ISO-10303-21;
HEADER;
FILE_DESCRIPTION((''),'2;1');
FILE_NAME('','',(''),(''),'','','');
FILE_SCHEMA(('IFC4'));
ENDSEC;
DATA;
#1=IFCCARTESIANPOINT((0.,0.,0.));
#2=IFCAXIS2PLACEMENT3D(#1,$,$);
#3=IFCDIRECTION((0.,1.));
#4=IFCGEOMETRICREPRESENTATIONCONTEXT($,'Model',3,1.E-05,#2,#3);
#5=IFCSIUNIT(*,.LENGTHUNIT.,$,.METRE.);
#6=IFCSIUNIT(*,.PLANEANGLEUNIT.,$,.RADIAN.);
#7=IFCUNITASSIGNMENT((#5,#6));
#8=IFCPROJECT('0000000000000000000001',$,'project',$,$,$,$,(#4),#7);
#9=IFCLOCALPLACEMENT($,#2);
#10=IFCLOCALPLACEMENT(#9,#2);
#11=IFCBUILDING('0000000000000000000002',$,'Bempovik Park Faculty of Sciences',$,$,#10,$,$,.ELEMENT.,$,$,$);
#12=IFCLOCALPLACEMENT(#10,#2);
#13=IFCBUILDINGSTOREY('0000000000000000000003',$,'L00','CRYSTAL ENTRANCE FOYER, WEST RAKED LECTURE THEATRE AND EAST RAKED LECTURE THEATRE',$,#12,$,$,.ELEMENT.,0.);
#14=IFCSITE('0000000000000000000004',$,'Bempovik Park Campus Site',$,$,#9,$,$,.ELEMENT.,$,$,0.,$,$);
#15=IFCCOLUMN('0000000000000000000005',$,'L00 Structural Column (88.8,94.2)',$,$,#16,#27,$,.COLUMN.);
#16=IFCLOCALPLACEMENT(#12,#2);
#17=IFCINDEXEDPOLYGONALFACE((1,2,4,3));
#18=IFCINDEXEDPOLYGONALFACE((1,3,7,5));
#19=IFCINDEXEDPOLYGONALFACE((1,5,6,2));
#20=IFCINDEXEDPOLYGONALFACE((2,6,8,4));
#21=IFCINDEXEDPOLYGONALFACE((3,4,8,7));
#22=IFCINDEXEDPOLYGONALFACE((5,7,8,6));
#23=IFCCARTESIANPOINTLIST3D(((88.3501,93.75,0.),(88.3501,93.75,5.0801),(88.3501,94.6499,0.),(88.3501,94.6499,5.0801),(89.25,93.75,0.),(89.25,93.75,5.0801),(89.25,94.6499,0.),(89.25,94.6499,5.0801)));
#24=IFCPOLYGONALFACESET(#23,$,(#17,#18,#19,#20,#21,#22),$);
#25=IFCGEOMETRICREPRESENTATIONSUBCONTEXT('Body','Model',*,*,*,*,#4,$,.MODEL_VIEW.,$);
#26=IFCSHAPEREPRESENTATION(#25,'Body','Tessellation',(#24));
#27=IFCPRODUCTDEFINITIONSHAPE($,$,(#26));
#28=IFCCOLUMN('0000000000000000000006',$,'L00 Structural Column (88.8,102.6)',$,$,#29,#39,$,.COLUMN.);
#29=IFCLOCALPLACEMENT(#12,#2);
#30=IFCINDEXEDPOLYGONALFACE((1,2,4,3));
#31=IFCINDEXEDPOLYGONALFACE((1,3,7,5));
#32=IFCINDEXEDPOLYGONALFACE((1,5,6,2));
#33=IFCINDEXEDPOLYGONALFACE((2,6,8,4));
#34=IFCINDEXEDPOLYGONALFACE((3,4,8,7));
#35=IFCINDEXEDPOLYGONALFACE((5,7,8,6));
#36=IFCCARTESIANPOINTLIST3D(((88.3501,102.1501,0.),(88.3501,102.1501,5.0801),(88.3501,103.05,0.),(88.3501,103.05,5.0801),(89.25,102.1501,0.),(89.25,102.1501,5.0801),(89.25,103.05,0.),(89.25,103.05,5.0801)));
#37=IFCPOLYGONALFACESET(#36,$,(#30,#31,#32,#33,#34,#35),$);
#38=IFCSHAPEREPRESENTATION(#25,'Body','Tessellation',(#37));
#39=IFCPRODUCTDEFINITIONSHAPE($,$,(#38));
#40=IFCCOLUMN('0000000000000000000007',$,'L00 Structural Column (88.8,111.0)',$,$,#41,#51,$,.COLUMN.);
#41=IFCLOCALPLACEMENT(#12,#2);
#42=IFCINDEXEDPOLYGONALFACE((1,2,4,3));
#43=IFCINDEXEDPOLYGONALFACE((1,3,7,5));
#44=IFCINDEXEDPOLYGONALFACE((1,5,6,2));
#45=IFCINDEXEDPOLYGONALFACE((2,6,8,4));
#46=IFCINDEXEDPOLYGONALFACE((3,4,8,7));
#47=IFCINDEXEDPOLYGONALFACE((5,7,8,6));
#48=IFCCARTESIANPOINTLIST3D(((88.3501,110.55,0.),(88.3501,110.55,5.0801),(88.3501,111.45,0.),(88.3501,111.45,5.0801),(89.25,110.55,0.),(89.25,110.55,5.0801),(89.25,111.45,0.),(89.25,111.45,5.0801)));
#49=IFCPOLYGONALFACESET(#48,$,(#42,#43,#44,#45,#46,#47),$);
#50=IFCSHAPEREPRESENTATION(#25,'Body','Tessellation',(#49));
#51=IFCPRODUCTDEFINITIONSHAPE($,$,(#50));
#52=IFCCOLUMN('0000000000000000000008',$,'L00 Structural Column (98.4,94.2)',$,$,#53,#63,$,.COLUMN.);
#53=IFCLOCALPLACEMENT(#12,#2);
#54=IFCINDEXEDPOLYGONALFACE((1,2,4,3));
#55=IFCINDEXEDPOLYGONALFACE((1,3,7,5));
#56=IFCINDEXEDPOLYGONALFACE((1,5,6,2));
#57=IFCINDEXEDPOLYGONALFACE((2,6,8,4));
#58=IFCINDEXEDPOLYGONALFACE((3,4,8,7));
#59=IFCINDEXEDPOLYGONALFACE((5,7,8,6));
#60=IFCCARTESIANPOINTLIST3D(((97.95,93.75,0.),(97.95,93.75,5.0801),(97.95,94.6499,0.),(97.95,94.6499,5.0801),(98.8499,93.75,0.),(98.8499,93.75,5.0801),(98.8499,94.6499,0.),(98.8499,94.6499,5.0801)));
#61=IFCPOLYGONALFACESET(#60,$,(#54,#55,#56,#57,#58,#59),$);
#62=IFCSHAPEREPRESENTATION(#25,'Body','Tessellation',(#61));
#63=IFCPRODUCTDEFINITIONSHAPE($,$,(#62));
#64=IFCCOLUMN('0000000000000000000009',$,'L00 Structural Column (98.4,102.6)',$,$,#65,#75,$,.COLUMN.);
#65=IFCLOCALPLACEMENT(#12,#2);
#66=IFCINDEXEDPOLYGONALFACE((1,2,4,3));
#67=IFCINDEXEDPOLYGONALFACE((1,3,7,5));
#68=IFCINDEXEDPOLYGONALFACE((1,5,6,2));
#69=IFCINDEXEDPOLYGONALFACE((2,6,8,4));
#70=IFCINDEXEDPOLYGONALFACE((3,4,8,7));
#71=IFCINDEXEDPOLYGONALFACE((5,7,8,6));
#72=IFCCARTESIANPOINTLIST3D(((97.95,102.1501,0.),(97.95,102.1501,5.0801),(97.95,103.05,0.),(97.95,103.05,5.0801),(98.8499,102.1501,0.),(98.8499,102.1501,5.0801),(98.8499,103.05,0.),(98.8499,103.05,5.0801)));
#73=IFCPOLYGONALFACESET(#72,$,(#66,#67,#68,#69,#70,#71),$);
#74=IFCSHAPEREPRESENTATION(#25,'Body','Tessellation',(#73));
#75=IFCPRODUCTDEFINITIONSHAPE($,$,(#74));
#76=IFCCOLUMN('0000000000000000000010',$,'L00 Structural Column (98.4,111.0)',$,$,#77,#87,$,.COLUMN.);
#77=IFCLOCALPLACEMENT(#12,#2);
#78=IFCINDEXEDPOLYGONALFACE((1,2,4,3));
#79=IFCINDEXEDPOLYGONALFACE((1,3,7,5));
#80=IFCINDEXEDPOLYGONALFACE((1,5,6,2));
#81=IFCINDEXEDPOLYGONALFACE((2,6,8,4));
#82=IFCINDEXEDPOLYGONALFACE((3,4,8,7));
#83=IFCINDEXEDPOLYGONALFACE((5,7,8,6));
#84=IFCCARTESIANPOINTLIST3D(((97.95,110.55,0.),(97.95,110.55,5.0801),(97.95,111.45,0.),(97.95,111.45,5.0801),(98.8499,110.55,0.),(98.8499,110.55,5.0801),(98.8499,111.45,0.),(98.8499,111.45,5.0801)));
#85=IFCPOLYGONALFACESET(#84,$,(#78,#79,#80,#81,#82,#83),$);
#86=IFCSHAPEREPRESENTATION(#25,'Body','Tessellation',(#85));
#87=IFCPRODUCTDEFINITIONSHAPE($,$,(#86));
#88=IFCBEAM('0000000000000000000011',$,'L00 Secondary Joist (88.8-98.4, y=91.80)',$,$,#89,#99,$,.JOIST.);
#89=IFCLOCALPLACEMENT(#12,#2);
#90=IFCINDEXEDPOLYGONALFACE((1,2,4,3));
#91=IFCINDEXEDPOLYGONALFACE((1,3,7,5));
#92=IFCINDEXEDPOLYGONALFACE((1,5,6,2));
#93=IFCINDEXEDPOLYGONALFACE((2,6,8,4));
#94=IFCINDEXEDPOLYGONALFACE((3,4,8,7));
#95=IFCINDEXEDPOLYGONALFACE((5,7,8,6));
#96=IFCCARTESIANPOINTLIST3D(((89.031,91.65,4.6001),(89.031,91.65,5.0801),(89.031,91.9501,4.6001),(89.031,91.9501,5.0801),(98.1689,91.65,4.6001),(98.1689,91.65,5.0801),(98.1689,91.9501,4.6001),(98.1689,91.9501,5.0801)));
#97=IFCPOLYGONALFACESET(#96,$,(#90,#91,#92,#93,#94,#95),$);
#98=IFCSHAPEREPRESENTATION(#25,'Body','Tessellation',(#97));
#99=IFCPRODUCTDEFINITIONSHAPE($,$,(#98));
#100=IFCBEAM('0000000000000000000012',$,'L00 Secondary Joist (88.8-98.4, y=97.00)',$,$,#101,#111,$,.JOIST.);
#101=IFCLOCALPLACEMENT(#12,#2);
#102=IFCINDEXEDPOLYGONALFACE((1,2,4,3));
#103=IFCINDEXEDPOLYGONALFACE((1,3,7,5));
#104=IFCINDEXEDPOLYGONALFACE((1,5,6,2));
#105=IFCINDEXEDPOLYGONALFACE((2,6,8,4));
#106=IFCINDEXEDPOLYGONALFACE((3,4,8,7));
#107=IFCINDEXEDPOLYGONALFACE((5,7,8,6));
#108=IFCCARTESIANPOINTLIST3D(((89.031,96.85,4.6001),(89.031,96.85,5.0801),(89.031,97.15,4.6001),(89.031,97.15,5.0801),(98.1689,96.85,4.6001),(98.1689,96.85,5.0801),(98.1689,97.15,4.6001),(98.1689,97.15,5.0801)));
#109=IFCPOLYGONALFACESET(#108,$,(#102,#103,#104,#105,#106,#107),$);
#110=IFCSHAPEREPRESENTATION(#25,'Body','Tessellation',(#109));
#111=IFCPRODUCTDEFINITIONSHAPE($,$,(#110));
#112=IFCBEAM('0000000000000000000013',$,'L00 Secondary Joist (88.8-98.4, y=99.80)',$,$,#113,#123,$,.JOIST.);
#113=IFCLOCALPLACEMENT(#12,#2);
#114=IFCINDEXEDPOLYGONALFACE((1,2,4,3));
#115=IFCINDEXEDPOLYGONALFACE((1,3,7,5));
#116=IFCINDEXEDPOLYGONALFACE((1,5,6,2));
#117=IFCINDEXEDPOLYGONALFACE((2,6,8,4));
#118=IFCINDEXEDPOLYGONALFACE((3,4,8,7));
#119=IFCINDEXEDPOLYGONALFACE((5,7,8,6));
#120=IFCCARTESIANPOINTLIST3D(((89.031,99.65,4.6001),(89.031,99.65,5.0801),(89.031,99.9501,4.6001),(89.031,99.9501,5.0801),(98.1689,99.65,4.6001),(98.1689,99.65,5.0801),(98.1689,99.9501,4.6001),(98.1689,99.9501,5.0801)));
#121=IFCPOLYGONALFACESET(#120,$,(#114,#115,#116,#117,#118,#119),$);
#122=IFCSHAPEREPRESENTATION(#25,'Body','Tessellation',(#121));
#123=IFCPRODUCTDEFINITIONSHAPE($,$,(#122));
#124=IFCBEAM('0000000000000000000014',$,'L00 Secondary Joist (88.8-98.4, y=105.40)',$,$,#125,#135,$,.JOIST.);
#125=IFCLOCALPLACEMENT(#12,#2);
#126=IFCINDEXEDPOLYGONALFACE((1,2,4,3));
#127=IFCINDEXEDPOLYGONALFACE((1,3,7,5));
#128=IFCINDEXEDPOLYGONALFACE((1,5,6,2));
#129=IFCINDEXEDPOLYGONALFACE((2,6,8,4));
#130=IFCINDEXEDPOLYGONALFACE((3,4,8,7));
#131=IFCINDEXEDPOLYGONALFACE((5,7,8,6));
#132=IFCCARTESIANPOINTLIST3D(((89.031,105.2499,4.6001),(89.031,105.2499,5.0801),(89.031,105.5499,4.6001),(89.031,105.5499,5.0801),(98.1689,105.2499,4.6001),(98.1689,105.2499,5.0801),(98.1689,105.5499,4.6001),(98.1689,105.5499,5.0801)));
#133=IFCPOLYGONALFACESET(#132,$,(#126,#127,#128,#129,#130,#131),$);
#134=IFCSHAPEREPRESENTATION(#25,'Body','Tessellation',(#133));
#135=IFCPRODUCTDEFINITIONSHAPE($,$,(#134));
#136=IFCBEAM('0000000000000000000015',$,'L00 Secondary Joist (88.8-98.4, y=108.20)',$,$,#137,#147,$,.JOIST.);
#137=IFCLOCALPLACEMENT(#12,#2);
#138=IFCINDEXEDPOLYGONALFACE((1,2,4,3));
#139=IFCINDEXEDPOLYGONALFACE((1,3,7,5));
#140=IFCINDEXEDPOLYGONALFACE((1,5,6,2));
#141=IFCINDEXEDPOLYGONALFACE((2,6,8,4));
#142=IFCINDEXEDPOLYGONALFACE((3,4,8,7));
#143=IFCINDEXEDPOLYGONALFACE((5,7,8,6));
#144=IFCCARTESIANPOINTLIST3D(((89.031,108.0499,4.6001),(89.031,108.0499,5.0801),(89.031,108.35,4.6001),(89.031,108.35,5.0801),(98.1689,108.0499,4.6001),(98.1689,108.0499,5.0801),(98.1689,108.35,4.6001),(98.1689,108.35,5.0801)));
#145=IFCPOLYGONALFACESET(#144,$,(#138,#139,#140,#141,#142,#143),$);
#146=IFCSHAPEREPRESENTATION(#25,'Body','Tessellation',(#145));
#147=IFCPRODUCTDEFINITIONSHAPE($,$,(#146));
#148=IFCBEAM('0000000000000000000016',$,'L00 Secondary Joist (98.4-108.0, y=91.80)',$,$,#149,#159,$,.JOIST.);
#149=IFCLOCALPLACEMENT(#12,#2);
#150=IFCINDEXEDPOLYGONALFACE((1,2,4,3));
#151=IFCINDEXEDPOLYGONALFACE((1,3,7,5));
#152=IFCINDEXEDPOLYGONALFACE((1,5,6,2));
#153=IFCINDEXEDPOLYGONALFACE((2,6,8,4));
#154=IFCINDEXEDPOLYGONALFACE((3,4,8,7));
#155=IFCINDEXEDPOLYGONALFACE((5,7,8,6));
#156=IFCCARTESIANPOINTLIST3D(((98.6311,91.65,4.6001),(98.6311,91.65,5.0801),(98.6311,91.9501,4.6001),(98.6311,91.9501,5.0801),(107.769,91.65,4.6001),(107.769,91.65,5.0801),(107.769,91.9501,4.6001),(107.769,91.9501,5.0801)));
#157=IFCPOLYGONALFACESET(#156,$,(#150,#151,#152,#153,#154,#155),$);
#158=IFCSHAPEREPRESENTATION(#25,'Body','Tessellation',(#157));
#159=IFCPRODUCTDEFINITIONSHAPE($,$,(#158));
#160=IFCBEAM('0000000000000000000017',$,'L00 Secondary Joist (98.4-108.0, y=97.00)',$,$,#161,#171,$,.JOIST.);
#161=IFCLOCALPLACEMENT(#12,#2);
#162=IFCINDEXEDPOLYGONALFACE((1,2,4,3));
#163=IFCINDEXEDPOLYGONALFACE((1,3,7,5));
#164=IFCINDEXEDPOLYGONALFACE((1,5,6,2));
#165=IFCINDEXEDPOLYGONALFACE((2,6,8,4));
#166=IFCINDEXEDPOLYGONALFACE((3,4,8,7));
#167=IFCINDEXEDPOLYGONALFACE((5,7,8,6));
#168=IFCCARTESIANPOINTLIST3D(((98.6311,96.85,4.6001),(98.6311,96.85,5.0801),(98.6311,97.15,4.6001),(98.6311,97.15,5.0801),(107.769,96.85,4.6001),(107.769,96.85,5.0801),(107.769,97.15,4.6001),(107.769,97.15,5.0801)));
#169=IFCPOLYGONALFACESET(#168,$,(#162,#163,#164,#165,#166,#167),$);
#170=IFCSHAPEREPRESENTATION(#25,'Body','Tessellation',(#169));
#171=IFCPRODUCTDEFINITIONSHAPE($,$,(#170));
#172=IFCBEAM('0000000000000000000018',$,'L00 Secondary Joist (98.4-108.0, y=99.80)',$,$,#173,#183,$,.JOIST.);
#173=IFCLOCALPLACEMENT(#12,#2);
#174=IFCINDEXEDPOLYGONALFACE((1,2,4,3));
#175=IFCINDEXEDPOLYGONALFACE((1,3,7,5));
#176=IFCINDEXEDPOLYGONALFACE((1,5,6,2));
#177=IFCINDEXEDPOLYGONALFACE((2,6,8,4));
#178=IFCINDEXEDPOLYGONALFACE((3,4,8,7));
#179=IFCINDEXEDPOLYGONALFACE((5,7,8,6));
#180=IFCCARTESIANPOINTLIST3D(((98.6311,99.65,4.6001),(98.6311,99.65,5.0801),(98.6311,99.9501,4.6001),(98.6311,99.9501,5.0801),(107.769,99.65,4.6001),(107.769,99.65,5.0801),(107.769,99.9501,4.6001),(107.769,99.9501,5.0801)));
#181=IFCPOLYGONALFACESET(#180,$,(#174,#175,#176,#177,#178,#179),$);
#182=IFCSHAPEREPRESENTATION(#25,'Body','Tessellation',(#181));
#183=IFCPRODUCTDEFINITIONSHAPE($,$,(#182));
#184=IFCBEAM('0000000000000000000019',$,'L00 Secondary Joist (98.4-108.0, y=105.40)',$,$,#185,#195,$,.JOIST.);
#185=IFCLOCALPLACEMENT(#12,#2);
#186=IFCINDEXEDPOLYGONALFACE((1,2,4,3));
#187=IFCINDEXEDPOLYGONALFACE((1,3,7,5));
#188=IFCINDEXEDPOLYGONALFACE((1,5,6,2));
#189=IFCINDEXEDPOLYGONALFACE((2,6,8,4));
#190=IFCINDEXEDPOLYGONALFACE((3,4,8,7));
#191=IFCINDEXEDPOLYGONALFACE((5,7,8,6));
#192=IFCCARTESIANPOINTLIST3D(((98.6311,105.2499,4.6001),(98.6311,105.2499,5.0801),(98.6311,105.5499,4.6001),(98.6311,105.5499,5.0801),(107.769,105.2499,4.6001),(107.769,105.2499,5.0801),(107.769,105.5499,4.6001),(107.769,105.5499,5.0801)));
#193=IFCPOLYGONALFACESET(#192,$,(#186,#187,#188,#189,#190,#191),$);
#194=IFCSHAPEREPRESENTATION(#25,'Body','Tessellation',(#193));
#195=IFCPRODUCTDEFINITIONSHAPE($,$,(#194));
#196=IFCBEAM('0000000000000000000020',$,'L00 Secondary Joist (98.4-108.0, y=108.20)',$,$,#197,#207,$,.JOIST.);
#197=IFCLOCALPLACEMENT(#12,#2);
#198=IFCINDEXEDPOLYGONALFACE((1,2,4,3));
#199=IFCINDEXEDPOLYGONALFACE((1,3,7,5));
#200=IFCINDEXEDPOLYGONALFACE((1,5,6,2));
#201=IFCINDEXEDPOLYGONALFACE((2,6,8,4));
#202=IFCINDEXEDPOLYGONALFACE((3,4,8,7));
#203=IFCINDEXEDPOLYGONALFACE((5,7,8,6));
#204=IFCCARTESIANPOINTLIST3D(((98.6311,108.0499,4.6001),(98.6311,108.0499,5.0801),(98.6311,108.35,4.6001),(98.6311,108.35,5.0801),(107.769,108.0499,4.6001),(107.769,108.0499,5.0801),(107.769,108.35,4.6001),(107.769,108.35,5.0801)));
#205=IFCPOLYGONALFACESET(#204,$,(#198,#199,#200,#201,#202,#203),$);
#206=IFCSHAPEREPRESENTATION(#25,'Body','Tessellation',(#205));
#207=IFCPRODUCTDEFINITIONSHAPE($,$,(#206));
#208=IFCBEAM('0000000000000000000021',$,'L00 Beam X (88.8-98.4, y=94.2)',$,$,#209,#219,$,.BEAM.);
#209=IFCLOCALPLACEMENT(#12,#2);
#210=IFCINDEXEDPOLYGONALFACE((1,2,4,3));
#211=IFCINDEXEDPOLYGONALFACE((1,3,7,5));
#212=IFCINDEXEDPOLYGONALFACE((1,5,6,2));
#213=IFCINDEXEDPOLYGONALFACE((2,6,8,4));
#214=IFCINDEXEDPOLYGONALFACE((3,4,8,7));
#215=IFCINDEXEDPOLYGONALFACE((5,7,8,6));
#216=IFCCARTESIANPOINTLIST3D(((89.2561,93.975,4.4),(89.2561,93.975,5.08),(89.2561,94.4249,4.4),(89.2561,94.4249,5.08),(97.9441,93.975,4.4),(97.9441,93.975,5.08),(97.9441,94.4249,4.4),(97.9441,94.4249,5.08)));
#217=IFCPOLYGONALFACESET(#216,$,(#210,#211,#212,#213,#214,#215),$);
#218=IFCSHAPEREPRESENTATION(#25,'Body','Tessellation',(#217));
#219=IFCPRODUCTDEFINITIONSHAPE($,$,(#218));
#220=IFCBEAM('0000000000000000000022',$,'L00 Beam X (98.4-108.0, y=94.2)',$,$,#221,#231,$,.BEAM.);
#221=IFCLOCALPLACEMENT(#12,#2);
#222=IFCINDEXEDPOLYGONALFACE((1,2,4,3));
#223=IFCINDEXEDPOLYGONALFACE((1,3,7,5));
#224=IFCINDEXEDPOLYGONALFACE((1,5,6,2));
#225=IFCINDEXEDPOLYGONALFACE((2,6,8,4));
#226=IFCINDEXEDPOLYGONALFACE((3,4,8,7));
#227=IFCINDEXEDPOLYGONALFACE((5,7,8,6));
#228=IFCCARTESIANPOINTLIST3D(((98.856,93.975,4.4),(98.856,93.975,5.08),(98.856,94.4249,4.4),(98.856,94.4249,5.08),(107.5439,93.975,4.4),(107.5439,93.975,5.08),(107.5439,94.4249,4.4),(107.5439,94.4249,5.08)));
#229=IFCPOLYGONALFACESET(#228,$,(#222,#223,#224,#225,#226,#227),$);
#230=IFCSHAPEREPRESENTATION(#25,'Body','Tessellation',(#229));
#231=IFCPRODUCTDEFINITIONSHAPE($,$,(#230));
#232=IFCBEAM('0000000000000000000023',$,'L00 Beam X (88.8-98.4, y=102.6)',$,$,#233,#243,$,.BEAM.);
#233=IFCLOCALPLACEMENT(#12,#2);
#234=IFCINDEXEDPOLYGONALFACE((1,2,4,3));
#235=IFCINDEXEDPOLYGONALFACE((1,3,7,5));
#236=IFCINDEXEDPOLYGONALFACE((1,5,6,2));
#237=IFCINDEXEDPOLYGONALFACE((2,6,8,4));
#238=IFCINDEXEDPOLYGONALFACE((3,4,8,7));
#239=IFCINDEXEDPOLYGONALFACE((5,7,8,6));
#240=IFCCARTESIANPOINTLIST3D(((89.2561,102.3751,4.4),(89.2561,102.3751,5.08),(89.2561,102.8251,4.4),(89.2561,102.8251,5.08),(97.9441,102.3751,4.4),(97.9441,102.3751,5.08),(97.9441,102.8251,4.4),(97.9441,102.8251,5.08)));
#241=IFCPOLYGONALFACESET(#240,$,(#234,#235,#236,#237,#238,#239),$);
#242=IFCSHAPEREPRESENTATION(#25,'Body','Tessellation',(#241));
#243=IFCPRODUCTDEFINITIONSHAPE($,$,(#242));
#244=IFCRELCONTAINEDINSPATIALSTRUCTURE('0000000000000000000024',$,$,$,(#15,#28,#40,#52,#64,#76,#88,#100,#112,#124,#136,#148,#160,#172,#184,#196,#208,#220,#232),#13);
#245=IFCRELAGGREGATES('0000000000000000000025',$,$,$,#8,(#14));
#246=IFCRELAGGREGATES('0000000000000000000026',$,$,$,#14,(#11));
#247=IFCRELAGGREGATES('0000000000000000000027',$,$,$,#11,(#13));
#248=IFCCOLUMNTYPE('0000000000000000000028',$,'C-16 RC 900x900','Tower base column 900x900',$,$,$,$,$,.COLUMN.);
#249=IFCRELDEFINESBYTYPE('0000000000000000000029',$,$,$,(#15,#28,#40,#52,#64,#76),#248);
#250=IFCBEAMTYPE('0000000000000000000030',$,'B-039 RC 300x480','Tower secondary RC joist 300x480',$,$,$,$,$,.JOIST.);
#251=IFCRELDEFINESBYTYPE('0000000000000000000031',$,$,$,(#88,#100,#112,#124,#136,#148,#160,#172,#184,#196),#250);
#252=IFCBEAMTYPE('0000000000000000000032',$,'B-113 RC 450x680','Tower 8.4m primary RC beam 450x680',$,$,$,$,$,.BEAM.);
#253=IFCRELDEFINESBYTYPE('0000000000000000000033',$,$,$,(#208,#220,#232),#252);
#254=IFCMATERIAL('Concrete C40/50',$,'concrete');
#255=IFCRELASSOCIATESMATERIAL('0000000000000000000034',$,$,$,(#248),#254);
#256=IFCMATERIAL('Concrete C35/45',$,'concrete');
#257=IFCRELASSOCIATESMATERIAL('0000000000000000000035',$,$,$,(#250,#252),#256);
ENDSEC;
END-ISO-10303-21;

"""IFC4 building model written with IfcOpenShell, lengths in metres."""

from ifc_helpers import new_model, si_unit, direction, frame, origin, origin_2d, place, context, subcontext, project, spatial, rectangle, extrude, material, material_profile, profile_set, type_object, element, save


model = new_model("IFC4")

# Units and contexts
model_context = context("Model", 3, precision=1e-05, world=origin(), true_north=direction((0.0, 1.0)))
body_context = subcontext(model_context, "Body", "Model", "MODEL_VIEW")
ifc_project = project(units=[si_unit("LENGTHUNIT", "METRE"), si_unit("PLANEANGLEUNIT", "RADIAN")], contexts=[model_context])

# Site, building, storey
site_placement = place(None, origin())
site = spatial("IfcSite", under=ifc_project, at=site_placement, Name="Bempovik Park Campus Site", CompositionType="ELEMENT", RefElevation=0.0)
building_placement = place(site_placement, origin())
building = spatial("IfcBuilding", under=site, at=building_placement, Name="Bempovik Park Faculty of Sciences", CompositionType="ELEMENT")
storey_placement = place(building_placement, origin())
storey = spatial("IfcBuildingStorey", under=building, at=storey_placement, Name="L00", Description="CRYSTAL ENTRANCE FOYER, WEST RAKED LECTURE THEATRE AND EAST RAKED LECTURE THEATRE", CompositionType="ELEMENT", Elevation=0.0)

# Columns
ifc_material_1 = material(Name="Concrete C40/50", Category="concrete")
ifc_material_profile_1 = material_profile(ifc_material_1, rectangle(XDim=0.8999, YDim=0.8999, at=origin_2d()), Name="RC 900x900")
ifc_profile_set_1 = profile_set([ifc_material_profile_1], Name="Concrete C40/50")
column_type = type_object("IfcColumnType", Name="C-16 RC 900x900", Description="Tower base column 900x900", PredefinedType="COLUMN", material=ifc_profile_set_1)
for number, where, z_axis, x_axis, name in (
    (1, (88.8, 94.2, 0.0), (0.0, 0.0, 1.0), (1.0, 0.0, 0.0), "L00 Structural Column (88.8,94.2)"),
    (2, (88.8, 102.6001, 0.0), (0.0, 0.0, 1.0), (1.0, 0.0, 0.0), "L00 Structural Column (88.8,102.6)"),
    (3, (88.8, 111.0, 0.0), (0.0, 0.0, 1.0), (1.0, 0.0, 0.0), "L00 Structural Column (88.8,111.0)"),
    (4, (98.3999, 94.2, 0.0), (0.0, 0.0, 1.0), (1.0, 0.0, 0.0), "L00 Structural Column (98.4,94.2)"),
    (5, (98.3999, 102.6001, 0.0), (0.0, 0.0, 1.0), (1.0, 0.0, 0.0), "L00 Structural Column (98.4,102.6)"),
    (6, (98.3999, 111.0, 0.0), (0.0, 0.0, 1.0), (1.0, 0.0, 0.0), "L00 Structural Column (98.4,111.0)"),
):
    element("IfcColumn", number, at=place(storey_placement, frame(where, z_axis=z_axis, x_axis=x_axis)), inside=storey, type_object=column_type, Name=name, PredefinedType="COLUMN", context=body_context, shape_type="SweptSolid", body=[
        extrude(rectangle(XDim=0.8999, YDim=0.8999, at=origin_2d()), origin(), (0.0, 0.0, 1.0), 5.0801),
    ])

# Beams
ifc_material_2 = material(Name="Concrete C35/45", Category="concrete")
ifc_material_profile_2 = material_profile(ifc_material_2, rectangle(XDim=0.3, YDim=0.48, at=origin_2d()), Name="RC 300x480")
ifc_profile_set_2 = profile_set([ifc_material_profile_2], Name="Concrete C35/45")
beam_type_1 = type_object("IfcBeamType", Name="B-039 RC 300x480", Description="Tower secondary RC joist 300x480", PredefinedType="JOIST", material=ifc_profile_set_2)
for number, where, z_axis, x_axis, name in (
    (7, (89.031, 91.8, 4.8401), (1.0, 0.0, 0.0), (0.0, 1.0, 0.0), "L00 Secondary Joist (88.8-98.4, y=91.80)"),
    (8, (89.031, 97.0, 4.8401), (1.0, 0.0, 0.0), (0.0, 1.0, 0.0), "L00 Secondary Joist (88.8-98.4, y=97.00)"),
    (9, (89.031, 99.8, 4.8401), (1.0, 0.0, 0.0), (0.0, 1.0, 0.0), "L00 Secondary Joist (88.8-98.4, y=99.80)"),
    (10, (89.031, 105.3999, 4.8401), (1.0, 0.0, 0.0), (0.0, 1.0, 0.0), "L00 Secondary Joist (88.8-98.4, y=105.40)"),
    (11, (89.031, 108.2, 4.8401), (1.0, 0.0, 0.0), (0.0, 1.0, 0.0), "L00 Secondary Joist (88.8-98.4, y=108.20)"),
    (12, (98.6311, 91.8, 4.8401), (1.0, 0.0, 0.0), (0.0, 1.0, 0.0), "L00 Secondary Joist (98.4-108.0, y=91.80)"),
    (13, (98.6311, 97.0, 4.8401), (1.0, 0.0, 0.0), (0.0, 1.0, 0.0), "L00 Secondary Joist (98.4-108.0, y=97.00)"),
    (14, (98.6311, 99.8, 4.8401), (1.0, 0.0, 0.0), (0.0, 1.0, 0.0), "L00 Secondary Joist (98.4-108.0, y=99.80)"),
    (15, (98.6311, 105.3999, 4.8401), (1.0, 0.0, 0.0), (0.0, 1.0, 0.0), "L00 Secondary Joist (98.4-108.0, y=105.40)"),
    (16, (98.6311, 108.2, 4.8401), (1.0, 0.0, 0.0), (0.0, 1.0, 0.0), "L00 Secondary Joist (98.4-108.0, y=108.20)"),
):
    element("IfcBeam", number, at=place(storey_placement, frame(where, z_axis=z_axis, x_axis=x_axis)), inside=storey, type_object=beam_type_1, Name=name, PredefinedType="JOIST", context=body_context, shape_type="SweptSolid", body=[
        extrude(rectangle(XDim=0.3, YDim=0.48, at=origin_2d()), origin(), (0.0, 0.0, 1.0), 9.1379),
    ])
ifc_material_profile_3 = material_profile(ifc_material_2, rectangle(XDim=0.45, YDim=0.6799, at=origin_2d()), Name="RC 450x680")
ifc_profile_set_3 = profile_set([ifc_material_profile_3], Name="Concrete C35/45")
beam_type_2 = type_object("IfcBeamType", Name="B-113 RC 450x680", Description="Tower 8.4m primary RC beam 450x680", PredefinedType="BEAM", material=ifc_profile_set_3)
for number, where, z_axis, x_axis, name in (
    (17, (89.2561, 94.2, 4.74), (1.0, 0.0, 0.0), (0.0, 1.0, 0.0), "L00 Beam X (88.8-98.4, y=94.2)"),
    (18, (98.856, 94.2, 4.74), (1.0, 0.0, 0.0), (0.0, 1.0, 0.0), "L00 Beam X (98.4-108.0, y=94.2)"),
    (19, (89.2561, 102.6001, 4.74), (1.0, 0.0, 0.0), (0.0, 1.0, 0.0), "L00 Beam X (88.8-98.4, y=102.6)"),
):
    element("IfcBeam", number, at=place(storey_placement, frame(where, z_axis=z_axis, x_axis=x_axis)), inside=storey, type_object=beam_type_2, Name=name, PredefinedType="BEAM", context=body_context, shape_type="SweptSolid", body=[
        extrude(rectangle(XDim=0.45, YDim=0.6799, at=origin_2d()), origin(), (0.0, 0.0, 1.0), 8.688),
    ])

save(model, "model.ifc")
